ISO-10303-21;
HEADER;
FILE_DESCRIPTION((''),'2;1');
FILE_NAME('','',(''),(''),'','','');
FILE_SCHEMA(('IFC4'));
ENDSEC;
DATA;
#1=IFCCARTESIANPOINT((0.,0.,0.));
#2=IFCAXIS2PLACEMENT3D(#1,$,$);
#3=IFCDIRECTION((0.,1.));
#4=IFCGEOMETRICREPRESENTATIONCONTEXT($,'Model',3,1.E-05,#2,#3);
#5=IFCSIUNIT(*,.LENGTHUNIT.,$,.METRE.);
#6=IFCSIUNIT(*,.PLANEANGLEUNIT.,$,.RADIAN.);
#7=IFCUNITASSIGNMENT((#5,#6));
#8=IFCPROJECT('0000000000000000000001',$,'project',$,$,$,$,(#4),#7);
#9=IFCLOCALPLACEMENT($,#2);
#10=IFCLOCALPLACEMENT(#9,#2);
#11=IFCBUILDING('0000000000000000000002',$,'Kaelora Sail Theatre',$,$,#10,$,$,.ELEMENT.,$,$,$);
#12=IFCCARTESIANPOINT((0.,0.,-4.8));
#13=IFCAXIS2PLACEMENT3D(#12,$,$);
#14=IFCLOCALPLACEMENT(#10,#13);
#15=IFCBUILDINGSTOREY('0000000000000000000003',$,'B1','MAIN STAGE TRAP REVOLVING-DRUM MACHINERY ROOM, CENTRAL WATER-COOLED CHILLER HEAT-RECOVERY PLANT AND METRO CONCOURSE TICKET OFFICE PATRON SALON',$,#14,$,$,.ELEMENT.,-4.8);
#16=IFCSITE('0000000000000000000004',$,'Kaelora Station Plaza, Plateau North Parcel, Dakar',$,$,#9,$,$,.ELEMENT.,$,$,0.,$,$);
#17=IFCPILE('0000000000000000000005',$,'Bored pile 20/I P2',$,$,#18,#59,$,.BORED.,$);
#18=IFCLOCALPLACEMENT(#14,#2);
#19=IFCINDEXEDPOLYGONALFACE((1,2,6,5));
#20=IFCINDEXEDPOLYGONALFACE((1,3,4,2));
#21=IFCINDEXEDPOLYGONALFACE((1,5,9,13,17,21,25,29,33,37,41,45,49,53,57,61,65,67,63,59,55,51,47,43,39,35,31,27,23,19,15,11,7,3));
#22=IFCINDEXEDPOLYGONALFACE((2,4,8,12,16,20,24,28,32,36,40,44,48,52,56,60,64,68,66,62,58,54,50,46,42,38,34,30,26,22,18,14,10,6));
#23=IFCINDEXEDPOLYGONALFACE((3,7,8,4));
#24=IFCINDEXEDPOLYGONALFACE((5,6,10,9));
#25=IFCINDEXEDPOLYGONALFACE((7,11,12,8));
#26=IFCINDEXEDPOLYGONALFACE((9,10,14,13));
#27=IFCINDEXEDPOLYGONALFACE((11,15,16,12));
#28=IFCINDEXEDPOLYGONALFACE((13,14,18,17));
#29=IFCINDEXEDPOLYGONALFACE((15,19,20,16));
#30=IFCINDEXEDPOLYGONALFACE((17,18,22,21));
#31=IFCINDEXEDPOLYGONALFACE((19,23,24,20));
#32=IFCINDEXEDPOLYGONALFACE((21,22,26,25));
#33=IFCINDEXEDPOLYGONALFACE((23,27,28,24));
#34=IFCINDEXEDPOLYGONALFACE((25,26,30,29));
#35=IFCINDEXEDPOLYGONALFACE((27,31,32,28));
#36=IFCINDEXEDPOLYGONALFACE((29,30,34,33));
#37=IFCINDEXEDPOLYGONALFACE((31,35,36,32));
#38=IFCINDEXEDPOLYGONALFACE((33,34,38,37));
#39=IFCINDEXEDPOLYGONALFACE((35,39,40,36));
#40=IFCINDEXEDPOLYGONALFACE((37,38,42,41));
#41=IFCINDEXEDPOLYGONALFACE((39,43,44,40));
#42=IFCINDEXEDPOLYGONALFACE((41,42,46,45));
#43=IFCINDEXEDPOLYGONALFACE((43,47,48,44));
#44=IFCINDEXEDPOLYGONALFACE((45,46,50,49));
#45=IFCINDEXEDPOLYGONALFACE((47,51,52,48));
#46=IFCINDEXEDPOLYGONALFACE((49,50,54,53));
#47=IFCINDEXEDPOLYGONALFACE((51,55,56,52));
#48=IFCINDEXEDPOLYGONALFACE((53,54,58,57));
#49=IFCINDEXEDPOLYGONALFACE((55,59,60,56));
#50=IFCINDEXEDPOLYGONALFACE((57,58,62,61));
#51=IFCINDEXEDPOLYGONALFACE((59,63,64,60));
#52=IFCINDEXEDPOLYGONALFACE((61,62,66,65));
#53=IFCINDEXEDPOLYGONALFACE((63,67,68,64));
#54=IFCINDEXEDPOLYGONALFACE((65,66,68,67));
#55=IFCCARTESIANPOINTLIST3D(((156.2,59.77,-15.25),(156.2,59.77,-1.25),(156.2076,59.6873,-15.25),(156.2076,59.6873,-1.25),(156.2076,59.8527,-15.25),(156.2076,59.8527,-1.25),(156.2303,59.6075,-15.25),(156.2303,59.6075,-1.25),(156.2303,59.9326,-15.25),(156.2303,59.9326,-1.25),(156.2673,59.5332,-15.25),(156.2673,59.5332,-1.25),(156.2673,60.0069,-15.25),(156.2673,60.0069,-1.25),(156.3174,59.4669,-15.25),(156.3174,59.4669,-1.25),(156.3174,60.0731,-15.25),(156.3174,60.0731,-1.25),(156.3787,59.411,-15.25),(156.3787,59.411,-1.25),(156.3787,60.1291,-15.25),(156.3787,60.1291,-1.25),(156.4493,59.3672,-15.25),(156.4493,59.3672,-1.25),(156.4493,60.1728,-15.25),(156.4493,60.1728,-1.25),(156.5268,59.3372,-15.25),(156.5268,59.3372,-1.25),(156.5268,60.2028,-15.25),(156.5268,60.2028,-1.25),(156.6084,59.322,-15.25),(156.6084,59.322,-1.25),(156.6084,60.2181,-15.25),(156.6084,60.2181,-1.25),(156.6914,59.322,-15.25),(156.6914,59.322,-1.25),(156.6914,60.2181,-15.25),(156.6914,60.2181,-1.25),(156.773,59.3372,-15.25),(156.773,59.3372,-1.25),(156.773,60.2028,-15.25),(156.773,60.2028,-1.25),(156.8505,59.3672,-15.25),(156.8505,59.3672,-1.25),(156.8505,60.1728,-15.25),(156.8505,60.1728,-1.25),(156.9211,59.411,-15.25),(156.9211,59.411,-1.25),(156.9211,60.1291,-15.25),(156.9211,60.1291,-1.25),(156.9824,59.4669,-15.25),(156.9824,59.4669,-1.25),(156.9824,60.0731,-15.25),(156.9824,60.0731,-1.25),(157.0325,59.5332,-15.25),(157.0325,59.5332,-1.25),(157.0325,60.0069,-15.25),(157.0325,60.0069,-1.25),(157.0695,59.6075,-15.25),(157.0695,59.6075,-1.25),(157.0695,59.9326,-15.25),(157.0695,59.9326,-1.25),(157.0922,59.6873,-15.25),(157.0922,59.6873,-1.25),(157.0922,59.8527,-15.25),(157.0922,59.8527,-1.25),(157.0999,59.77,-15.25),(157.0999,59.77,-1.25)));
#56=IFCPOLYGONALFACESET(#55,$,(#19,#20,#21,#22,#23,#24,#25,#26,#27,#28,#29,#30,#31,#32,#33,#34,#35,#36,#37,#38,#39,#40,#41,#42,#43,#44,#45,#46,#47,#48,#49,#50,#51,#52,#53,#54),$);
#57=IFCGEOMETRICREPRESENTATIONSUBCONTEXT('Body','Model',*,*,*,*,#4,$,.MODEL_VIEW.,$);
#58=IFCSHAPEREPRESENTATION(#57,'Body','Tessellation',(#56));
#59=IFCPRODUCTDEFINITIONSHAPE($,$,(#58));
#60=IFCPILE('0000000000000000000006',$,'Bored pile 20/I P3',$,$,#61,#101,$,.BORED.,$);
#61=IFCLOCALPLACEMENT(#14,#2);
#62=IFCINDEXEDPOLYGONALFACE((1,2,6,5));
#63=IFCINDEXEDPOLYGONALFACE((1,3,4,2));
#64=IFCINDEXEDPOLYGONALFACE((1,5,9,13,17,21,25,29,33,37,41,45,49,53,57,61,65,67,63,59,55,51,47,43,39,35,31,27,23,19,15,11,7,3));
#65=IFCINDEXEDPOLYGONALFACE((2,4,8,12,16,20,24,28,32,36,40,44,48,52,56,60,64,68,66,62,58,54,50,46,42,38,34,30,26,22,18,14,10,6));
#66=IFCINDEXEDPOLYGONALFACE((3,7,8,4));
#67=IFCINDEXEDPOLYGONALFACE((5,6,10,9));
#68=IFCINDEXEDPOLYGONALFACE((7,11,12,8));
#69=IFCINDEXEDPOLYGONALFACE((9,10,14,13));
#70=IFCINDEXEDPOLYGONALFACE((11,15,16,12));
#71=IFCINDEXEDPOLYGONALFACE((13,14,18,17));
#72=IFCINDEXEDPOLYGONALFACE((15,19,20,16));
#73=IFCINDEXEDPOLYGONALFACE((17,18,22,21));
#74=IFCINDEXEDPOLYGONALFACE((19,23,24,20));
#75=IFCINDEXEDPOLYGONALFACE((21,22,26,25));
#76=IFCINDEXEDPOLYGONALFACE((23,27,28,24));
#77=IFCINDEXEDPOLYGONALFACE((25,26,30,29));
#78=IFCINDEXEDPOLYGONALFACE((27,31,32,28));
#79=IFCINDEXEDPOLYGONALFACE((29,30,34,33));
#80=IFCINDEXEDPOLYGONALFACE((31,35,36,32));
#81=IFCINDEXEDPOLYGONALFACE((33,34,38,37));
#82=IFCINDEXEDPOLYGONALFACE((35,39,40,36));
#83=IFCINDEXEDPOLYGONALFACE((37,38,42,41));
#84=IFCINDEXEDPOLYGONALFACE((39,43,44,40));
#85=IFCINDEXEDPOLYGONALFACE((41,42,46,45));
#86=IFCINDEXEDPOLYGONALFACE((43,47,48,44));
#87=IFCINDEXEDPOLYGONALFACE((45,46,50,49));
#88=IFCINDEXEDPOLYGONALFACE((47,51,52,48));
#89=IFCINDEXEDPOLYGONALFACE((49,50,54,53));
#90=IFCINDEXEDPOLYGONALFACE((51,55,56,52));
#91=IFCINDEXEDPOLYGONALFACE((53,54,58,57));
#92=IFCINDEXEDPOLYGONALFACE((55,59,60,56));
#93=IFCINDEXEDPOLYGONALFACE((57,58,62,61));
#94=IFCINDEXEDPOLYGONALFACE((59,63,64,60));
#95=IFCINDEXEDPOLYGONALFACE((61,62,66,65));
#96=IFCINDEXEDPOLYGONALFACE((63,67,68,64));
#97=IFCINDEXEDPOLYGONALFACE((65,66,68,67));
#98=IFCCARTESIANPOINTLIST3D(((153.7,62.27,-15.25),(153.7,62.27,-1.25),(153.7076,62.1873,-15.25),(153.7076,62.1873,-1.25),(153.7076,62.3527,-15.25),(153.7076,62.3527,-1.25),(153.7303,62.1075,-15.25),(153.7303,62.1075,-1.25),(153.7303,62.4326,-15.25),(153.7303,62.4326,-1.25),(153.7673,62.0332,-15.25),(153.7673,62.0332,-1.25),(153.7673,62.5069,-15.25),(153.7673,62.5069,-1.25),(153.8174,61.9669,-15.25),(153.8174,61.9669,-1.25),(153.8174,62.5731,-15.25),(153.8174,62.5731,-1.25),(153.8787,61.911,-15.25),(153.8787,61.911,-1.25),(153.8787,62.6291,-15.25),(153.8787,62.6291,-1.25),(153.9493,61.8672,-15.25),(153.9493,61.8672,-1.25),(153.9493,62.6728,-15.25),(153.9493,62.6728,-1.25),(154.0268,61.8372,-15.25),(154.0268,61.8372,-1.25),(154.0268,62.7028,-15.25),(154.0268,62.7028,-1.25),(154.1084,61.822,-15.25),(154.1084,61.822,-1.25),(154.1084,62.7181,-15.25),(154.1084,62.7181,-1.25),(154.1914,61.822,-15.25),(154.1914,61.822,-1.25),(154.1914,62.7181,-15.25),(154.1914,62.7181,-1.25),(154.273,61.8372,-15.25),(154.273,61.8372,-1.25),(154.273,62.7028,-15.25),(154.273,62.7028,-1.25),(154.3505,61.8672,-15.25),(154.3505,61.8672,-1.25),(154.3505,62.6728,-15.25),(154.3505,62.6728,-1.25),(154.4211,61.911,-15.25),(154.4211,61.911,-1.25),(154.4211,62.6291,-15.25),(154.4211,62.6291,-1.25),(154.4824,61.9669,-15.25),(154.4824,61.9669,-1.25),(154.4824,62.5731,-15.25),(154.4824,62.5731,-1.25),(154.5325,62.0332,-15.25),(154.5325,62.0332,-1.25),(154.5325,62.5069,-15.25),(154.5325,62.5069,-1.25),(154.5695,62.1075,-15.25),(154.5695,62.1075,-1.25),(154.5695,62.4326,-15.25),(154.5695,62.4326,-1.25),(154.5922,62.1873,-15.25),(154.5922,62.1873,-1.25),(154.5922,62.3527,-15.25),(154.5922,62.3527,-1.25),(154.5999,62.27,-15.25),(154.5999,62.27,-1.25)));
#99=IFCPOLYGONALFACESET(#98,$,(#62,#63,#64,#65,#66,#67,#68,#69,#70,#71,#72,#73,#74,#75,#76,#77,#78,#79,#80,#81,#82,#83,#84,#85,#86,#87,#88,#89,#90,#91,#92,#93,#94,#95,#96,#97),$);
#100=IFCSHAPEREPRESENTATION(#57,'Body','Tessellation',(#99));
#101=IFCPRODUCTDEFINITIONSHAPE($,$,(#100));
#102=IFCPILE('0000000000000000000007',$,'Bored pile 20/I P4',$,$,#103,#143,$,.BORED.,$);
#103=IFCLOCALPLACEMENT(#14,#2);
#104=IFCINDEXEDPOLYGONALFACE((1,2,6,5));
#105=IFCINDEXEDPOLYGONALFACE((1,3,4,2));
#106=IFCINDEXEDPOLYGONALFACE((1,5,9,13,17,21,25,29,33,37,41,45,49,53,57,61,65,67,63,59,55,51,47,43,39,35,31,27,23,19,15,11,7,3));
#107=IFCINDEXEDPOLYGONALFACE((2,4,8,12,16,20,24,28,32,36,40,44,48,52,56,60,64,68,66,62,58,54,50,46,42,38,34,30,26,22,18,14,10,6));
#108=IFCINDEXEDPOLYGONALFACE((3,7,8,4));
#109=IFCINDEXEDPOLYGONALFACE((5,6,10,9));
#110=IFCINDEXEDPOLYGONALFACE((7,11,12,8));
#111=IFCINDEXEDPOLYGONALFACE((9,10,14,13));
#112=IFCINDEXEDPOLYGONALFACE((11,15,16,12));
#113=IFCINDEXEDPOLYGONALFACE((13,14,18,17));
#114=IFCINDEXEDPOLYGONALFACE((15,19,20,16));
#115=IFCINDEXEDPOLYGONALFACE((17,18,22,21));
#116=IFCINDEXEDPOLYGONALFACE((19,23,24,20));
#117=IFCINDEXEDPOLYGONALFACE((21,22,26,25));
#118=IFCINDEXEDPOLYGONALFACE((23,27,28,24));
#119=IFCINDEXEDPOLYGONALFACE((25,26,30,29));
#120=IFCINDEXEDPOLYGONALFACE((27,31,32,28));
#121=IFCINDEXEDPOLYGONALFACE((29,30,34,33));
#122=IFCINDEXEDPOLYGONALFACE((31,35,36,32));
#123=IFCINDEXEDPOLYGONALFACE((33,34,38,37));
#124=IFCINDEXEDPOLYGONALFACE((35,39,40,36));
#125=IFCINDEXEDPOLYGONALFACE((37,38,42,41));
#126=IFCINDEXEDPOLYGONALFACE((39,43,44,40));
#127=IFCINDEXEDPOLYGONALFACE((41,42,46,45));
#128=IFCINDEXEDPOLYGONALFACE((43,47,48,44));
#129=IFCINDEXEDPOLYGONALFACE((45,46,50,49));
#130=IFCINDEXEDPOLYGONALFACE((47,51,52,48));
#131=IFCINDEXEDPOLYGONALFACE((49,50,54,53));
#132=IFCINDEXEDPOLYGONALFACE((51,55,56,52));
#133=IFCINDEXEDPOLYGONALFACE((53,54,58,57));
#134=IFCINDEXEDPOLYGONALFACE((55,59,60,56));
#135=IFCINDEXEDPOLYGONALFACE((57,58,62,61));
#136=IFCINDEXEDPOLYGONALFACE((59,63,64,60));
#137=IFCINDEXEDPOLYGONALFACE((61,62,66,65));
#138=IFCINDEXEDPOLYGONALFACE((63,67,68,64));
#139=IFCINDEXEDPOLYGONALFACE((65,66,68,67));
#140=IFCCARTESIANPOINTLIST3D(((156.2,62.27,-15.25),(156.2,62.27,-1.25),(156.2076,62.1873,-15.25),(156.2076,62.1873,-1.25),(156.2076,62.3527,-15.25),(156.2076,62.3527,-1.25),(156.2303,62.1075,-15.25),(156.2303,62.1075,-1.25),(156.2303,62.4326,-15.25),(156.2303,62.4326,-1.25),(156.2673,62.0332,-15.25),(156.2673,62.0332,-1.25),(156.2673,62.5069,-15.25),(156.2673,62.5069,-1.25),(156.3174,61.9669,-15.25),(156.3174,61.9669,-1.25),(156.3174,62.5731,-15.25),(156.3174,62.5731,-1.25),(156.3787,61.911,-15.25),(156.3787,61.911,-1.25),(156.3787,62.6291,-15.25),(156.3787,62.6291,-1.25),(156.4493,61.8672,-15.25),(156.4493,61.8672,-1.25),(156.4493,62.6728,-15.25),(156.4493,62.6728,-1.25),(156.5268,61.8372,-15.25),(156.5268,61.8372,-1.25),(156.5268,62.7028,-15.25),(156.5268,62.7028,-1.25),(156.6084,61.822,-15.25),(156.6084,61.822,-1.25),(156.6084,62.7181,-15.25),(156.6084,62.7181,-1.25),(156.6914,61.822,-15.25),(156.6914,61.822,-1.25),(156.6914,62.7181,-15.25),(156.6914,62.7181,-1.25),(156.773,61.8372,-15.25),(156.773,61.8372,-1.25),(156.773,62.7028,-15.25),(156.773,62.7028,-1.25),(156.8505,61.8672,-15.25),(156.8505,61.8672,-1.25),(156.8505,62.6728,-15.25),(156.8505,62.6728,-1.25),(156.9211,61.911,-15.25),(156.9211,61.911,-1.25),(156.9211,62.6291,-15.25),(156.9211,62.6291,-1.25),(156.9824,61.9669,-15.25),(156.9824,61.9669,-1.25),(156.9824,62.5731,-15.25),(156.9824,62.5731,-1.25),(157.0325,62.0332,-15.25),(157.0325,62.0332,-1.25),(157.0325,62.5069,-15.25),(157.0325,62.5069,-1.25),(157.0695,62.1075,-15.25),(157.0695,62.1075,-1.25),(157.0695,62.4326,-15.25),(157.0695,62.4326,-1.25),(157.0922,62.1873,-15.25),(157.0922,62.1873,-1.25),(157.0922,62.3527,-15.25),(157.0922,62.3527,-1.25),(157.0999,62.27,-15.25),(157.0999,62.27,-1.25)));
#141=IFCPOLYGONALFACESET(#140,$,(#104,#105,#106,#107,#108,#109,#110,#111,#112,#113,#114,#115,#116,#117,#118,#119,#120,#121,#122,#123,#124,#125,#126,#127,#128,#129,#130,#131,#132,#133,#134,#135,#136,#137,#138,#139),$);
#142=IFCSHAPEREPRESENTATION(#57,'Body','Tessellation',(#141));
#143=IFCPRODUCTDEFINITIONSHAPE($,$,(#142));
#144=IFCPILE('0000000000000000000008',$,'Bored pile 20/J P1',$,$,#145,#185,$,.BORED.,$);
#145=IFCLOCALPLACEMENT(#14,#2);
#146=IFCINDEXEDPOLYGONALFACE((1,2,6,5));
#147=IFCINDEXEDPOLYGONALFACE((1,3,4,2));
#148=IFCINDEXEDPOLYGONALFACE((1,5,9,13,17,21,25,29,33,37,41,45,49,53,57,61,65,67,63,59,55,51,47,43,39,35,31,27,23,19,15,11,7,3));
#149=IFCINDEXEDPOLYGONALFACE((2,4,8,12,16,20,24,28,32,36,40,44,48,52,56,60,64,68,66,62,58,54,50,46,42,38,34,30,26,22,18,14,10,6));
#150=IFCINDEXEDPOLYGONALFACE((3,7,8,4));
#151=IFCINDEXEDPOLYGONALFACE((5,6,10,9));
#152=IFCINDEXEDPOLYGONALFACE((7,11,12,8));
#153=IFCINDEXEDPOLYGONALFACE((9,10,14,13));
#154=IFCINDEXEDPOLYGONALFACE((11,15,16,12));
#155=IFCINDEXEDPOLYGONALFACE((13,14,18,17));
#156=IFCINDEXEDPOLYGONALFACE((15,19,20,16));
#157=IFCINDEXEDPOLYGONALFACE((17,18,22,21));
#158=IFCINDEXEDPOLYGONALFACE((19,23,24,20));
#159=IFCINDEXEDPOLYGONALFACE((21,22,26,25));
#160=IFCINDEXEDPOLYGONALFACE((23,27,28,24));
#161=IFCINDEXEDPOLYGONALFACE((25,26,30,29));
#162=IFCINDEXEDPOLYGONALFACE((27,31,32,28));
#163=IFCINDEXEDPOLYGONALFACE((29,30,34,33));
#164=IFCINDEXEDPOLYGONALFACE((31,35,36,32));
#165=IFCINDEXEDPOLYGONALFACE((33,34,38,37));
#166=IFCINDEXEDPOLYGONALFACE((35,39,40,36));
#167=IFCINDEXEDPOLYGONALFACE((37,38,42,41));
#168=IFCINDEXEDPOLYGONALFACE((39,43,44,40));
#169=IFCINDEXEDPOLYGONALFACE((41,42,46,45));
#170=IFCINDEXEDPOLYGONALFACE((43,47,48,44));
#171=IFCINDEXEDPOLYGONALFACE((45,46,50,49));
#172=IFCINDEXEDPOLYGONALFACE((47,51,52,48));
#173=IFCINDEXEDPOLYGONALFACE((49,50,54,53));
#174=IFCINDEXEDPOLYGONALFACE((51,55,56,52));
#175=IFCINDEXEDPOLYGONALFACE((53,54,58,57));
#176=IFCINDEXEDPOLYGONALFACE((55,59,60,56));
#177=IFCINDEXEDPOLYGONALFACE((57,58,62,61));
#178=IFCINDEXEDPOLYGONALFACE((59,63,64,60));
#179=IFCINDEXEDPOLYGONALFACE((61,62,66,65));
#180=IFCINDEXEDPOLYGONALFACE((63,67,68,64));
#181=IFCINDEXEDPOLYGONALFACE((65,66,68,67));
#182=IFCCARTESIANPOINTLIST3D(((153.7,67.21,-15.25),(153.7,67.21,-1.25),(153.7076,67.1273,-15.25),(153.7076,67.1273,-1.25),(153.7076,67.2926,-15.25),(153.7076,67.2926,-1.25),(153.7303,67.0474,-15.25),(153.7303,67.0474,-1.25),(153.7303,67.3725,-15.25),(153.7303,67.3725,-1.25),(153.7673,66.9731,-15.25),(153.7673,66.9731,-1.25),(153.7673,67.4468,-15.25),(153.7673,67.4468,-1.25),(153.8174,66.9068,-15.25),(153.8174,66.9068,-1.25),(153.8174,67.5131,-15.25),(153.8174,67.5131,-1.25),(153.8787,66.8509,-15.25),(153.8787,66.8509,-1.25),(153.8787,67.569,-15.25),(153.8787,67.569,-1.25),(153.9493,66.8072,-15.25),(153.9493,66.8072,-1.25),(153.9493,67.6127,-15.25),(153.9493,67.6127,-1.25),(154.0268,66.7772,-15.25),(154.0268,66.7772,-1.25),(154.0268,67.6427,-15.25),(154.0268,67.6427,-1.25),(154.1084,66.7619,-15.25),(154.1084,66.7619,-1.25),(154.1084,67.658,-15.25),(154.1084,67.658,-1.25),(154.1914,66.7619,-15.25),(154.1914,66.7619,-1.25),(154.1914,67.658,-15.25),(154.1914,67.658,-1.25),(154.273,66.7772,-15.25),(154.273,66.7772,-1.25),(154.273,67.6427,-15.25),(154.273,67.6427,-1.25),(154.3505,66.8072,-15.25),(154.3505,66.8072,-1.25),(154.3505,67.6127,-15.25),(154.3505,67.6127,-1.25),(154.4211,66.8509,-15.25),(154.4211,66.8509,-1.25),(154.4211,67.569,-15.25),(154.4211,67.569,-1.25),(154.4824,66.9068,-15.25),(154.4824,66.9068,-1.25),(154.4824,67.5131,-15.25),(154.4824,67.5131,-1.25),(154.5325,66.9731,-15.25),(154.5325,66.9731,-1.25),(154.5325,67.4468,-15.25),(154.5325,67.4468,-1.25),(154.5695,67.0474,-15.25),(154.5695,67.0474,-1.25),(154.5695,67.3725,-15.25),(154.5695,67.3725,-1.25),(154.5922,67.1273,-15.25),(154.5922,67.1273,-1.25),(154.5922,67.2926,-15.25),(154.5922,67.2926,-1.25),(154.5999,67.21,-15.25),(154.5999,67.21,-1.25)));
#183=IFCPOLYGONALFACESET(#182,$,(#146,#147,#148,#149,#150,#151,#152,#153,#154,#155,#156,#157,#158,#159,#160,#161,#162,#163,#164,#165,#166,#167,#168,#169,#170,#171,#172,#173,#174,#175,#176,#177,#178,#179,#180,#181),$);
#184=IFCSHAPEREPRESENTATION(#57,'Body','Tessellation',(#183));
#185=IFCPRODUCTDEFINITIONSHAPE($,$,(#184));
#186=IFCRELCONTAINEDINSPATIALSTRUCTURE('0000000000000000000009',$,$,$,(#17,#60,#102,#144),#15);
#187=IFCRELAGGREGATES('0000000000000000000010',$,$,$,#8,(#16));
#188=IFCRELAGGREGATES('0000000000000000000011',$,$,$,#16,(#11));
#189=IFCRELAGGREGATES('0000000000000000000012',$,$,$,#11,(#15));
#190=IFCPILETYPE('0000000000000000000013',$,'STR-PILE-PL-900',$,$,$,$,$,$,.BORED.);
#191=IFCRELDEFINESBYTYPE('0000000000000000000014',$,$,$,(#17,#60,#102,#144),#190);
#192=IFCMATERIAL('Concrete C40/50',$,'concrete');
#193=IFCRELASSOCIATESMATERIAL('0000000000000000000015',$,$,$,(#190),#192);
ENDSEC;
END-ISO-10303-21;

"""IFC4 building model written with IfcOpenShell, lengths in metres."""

from ifc_helpers import new_model, si_unit, direction, frame, origin, origin_2d, place, context, subcontext, project, spatial, circle, extrude, material, material_profile, profile_set, type_object, element, save


model = new_model("IFC4")

# Units and contexts
model_context = context("Model", 3, precision=1e-05, world=origin(), true_north=direction((0.0, 1.0)))
body_context = subcontext(model_context, "Body", "Model", "MODEL_VIEW")
ifc_project = project(units=[si_unit("LENGTHUNIT", "METRE"), si_unit("PLANEANGLEUNIT", "RADIAN")], contexts=[model_context])

# Site, building, storey
site_placement = place(None, origin())
site = spatial("IfcSite", under=ifc_project, at=site_placement, Name="Kaelora Station Plaza, Plateau North Parcel, Dakar", CompositionType="ELEMENT", RefElevation=0.0)
building_placement = place(site_placement, origin())
building = spatial("IfcBuilding", under=site, at=building_placement, Name="Kaelora Sail Theatre", CompositionType="ELEMENT")
storey_placement = place(building_placement, frame((0.0, 0.0, -4.8)))
storey = spatial("IfcBuildingStorey", under=building, at=storey_placement, Name="B1", Description="MAIN STAGE TRAP REVOLVING-DRUM MACHINERY ROOM, CENTRAL WATER-COOLED CHILLER HEAT-RECOVERY PLANT AND METRO CONCOURSE TICKET OFFICE PATRON SALON", CompositionType="ELEMENT", Elevation=-4.8)

# Piles
ifc_material_1 = material(Name="Concrete C40/50", Category="concrete")
ifc_material_profile_1 = material_profile(ifc_material_1, circle(Radius=0.45, at=origin_2d()), Name="PILE D900")
ifc_profile_set_1 = profile_set([ifc_material_profile_1], Name="Concrete C40/50")
pile_type = type_object("IfcPileType", Name="STR-PILE-PL-900", PredefinedType="BORED", material=ifc_profile_set_1)
for number, where, z_axis, x_axis, name in (
    (1, (156.6499, 59.77, -1.25), (0.0, 0.0, -1.0), (1.0, 0.0, 0.0), "Bored pile 20/I P2"),
    (2, (154.1499, 62.27, -1.25), (0.0, 0.0, -1.0), (1.0, 0.0, 0.0), "Bored pile 20/I P3"),
    (3, (156.6499, 62.27, -1.25), (0.0, 0.0, -1.0), (1.0, 0.0, 0.0), "Bored pile 20/I P4"),
    (4, (154.1499, 67.21, -1.25), (0.0, 0.0, -1.0), (1.0, 0.0, 0.0), "Bored pile 20/J P1"),
):
    element("IfcPile", number, at=place(storey_placement, frame(where, z_axis=z_axis, x_axis=x_axis)), inside=storey, type_object=pile_type, Name=name, PredefinedType="BORED", context=body_context, shape_type="SweptSolid", body=[
        extrude(circle(Radius=0.45, at=origin_2d()), origin(), (0.0, 0.0, 1.0), 14.0),
    ])

save(model, "model.ifc")
